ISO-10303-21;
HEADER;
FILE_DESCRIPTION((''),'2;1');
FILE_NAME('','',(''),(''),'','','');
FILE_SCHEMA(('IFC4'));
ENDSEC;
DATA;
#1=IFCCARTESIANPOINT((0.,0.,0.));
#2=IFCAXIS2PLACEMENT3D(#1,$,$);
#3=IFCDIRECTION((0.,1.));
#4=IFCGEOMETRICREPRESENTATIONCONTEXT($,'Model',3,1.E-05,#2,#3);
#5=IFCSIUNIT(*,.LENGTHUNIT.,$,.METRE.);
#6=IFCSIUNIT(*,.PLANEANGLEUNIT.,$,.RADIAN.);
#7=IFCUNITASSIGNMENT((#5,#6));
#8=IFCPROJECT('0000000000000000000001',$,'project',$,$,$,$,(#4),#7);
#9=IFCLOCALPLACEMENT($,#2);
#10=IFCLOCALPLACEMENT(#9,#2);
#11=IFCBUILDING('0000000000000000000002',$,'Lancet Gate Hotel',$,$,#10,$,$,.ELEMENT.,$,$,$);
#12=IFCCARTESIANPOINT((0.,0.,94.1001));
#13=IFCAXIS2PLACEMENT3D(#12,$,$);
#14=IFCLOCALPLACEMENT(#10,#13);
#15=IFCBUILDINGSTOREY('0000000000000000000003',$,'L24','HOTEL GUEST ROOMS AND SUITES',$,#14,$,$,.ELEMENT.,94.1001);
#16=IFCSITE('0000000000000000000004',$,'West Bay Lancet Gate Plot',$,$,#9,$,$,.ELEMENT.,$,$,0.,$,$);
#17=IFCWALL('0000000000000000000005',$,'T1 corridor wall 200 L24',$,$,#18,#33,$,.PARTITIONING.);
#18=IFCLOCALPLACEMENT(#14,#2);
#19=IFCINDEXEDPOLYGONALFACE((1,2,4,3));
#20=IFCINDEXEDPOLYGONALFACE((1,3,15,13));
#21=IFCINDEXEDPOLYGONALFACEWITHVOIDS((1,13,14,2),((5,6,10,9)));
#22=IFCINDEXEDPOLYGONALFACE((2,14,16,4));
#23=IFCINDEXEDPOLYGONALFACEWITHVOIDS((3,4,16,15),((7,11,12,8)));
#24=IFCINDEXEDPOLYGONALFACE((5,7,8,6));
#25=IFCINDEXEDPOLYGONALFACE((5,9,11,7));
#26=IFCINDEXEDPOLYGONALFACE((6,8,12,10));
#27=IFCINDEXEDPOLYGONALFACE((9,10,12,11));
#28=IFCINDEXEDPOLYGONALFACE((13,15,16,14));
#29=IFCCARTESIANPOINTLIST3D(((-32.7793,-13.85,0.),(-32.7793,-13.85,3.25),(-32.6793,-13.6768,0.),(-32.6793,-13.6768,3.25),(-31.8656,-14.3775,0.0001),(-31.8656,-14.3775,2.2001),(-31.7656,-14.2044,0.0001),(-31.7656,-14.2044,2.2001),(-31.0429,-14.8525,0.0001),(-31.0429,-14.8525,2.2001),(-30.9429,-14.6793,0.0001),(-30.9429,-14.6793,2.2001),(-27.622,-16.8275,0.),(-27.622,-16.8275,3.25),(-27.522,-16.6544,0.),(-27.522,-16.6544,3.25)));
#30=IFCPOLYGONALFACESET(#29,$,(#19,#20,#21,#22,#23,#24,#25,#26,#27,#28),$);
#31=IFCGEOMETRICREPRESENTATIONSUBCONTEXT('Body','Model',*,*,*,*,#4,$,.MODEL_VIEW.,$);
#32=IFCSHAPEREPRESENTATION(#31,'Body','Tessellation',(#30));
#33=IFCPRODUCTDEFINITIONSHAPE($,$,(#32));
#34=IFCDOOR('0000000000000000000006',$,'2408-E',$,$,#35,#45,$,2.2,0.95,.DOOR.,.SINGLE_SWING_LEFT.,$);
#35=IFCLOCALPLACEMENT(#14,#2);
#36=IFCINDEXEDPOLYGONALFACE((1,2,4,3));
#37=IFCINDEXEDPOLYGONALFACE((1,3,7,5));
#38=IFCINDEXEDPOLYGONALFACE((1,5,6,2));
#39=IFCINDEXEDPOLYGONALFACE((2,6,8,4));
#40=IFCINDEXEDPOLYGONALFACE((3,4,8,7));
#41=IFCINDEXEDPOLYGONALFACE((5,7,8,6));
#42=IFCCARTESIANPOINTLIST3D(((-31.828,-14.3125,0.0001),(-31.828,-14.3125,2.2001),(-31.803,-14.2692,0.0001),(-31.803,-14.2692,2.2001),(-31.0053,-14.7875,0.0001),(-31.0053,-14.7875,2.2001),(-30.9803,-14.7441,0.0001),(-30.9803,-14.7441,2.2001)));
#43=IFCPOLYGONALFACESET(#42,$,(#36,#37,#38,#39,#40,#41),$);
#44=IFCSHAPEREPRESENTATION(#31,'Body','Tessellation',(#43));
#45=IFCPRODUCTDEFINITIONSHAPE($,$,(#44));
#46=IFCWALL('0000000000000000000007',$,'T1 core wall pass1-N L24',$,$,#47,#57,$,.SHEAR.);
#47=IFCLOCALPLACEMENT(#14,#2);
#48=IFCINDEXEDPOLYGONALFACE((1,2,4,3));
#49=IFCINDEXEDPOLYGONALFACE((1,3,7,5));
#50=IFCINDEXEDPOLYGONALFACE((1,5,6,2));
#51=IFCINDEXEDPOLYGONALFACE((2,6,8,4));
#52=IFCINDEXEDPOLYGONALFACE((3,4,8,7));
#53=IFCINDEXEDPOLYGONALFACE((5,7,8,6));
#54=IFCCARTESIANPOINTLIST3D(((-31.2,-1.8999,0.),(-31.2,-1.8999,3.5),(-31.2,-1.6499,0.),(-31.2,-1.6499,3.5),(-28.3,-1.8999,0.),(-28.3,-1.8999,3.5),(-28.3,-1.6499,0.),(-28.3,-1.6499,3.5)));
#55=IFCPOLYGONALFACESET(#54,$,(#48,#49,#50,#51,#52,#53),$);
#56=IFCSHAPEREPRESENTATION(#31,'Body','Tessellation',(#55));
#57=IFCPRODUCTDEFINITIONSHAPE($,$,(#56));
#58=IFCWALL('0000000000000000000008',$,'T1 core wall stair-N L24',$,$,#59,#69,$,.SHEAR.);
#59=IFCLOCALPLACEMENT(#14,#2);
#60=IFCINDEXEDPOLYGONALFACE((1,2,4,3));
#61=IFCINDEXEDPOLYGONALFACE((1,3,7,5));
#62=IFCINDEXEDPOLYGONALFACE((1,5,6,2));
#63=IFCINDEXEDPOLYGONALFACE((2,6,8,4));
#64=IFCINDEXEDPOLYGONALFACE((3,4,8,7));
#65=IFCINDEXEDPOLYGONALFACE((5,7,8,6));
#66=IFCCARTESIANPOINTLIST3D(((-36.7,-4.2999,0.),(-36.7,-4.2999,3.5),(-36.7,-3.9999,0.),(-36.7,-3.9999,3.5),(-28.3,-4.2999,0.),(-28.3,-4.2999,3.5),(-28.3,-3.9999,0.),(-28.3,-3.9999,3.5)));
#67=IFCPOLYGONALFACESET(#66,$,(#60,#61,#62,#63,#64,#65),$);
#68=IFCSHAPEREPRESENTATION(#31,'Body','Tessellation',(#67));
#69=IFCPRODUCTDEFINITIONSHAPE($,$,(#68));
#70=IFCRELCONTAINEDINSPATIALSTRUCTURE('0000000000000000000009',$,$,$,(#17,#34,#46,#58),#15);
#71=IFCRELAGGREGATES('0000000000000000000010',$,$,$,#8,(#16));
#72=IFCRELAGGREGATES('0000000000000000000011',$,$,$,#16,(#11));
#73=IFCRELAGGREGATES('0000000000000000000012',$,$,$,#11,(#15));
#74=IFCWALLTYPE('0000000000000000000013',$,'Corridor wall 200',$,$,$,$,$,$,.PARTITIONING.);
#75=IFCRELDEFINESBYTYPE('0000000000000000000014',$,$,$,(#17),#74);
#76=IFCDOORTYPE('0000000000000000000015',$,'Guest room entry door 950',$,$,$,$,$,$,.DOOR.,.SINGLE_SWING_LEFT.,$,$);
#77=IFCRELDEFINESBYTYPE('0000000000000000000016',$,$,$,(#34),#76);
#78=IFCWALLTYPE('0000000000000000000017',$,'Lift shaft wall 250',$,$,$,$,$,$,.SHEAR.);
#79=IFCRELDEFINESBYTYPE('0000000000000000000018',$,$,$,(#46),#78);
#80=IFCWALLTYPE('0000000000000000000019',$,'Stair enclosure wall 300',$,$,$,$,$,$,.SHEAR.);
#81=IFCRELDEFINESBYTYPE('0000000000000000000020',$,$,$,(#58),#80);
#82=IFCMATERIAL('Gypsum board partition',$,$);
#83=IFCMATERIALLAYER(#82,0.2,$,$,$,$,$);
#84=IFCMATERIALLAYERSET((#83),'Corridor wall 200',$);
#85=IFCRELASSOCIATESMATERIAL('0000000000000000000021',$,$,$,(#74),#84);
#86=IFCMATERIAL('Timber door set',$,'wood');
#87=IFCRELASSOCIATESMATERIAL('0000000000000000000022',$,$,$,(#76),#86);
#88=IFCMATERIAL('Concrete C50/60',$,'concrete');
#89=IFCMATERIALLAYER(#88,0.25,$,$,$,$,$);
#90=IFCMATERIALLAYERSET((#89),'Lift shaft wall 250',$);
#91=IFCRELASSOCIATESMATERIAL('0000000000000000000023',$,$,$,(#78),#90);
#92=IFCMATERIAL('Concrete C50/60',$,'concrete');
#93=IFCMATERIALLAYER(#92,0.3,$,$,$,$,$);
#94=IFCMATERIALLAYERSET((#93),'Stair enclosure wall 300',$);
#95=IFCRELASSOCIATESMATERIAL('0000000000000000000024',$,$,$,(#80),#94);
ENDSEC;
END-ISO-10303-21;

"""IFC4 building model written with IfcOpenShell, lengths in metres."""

from ifc_helpers import new_model, si_unit, direction, frame, frame_2d, origin, place, context, subcontext, project, spatial, rectangle, extrude, material, layer, layer_set, type_object, element, fill, save


model = new_model("IFC4")

# Units and contexts
model_context = context("Model", 3, precision=1e-05, world=origin(), true_north=direction((0.0, 1.0)))
body_context = subcontext(model_context, "Body", "Model", "MODEL_VIEW")
ifc_project = project(units=[si_unit("LENGTHUNIT", "METRE"), si_unit("PLANEANGLEUNIT", "RADIAN")], contexts=[model_context])

# Site, building, storey
site_placement = place(None, origin())
site = spatial("IfcSite", under=ifc_project, at=site_placement, Name="West Bay Lancet Gate Plot", CompositionType="ELEMENT", RefElevation=0.0)
building_placement = place(site_placement, origin())
building = spatial("IfcBuilding", under=site, at=building_placement, Name="Lancet Gate Hotel", CompositionType="ELEMENT")
storey_placement = place(building_placement, frame((0.0, 0.0, 94.1001)))
storey = spatial("IfcBuildingStorey", under=building, at=storey_placement, Name="L24", Description="HOTEL GUEST ROOMS AND SUITES", CompositionType="ELEMENT", Elevation=94.1001)

# Wall, opening, door
ifc_material_1 = material(Name="Gypsum board partition")
ifc_layer_1 = layer(ifc_material_1, 0.2)
ifc_layer_set_1 = layer_set([ifc_layer_1], Name="Corridor wall 200")
wall_type_1 = type_object("IfcWallType", Name="Corridor wall 200", PredefinedType="PARTITIONING", material=ifc_layer_set_1)
wall_1_placement = place(storey_placement, frame((-27.572, -16.741, 0.0), z_axis=(0.0, 0.0, 1.0), x_axis=(-0.866024, 0.500002, 0.0)))
wall_1 = element("IfcWall", 1, at=wall_1_placement, inside=storey, type_object=wall_type_1, Name="T1 corridor wall 200 L24", PredefinedType="PARTITIONING", context=body_context, shape_type="SweptSolid", body=[
    extrude(rectangle(XDim=5.9551, YDim=0.2, at=frame_2d((2.9775, 0.0))), origin(), (0.0, 0.0, 1.0), 3.25),
])
opening_1_placement = place(wall_1_placement, frame((3.95, 0.0, 0.0)))
opening_1 = element("IfcOpeningElement", 2, at=opening_1_placement, cuts=wall_1, PredefinedType="OPENING", context=body_context, shape_type="SweptSolid", body=[
    extrude(rectangle(XDim=0.95, YDim=2.2, at=frame_2d((0.4751, 1.1001))), frame((0.0, 0.1099, 0.0), z_axis=(0.0, -1.0, 0.0), x_axis=(1.0, 0.0, 0.0)), (0.0, 0.0, 1.0), 0.22),
])
ifc_material_2 = material(Name="Timber door set", Category="wood")
door_type_1 = type_object("IfcDoorType", Name="Guest room entry door 950", OperationType="SINGLE_SWING_LEFT", PredefinedType="DOOR", material=ifc_material_2)
door_1_placement = place(opening_1_placement, origin())
door_1 = element("IfcDoor", 3, at=door_1_placement, inside=storey, type_object=door_type_1, Name="2408-E", OperationType="SINGLE_SWING_LEFT", OverallHeight=2.2, OverallWidth=0.95, PredefinedType="DOOR", context=body_context, shape_type="SweptSolid", body=[
    extrude(rectangle(XDim=0.95, YDim=2.2, at=frame_2d((0.4751, 1.1001))), frame((0.0, 0.0249, 0.0), z_axis=(0.0, -1.0, 0.0), x_axis=(1.0, 0.0, 0.0)), (0.0, 0.0, 1.0), 0.05),
])
fill(opening_1, door_1)

# Walls
ifc_material_3 = material(Name="Concrete C50/60", Category="concrete")
ifc_layer_2 = layer(ifc_material_3, 0.25)
ifc_layer_set_2 = layer_set([ifc_layer_2], Name="Lift shaft wall 250")
wall_type_2 = type_object("IfcWallType", Name="Lift shaft wall 250", PredefinedType="SHEAR", material=ifc_layer_set_2)
wall_2_placement = place(storey_placement, frame((-28.3, -1.7749, 0.0), z_axis=(0.0, 0.0, 1.0), x_axis=(-1.0, 0.0, 0.0)))
element("IfcWall", 4, at=wall_2_placement, inside=storey, type_object=wall_type_2, Name="T1 core wall pass1-N L24", PredefinedType="SHEAR", context=body_context, shape_type="SweptSolid", body=[
    extrude(rectangle(XDim=2.8999, YDim=0.25, at=frame_2d((1.45, 0.0))), origin(), (0.0, 0.0, 1.0), 3.5),
])
ifc_material_4 = material(Name="Concrete C50/60", Category="concrete")
ifc_layer_3 = layer(ifc_material_4, 0.3)
ifc_layer_set_3 = layer_set([ifc_layer_3], Name="Stair enclosure wall 300")
wall_type_3 = type_object("IfcWallType", Name="Stair enclosure wall 300", PredefinedType="SHEAR", material=ifc_layer_set_3)
wall_3_placement = place(storey_placement, frame((-28.3, -4.1499, 0.0), z_axis=(0.0, 0.0, 1.0), x_axis=(-1.0, 0.0, 0.0)))
element("IfcWall", 5, at=wall_3_placement, inside=storey, type_object=wall_type_3, Name="T1 core wall stair-N L24", PredefinedType="SHEAR", context=body_context, shape_type="SweptSolid", body=[
    extrude(rectangle(XDim=8.3999, YDim=0.3, at=frame_2d((4.2, 0.0))), origin(), (0.0, 0.0, 1.0), 3.5),
])

save(model, "model.ifc")
